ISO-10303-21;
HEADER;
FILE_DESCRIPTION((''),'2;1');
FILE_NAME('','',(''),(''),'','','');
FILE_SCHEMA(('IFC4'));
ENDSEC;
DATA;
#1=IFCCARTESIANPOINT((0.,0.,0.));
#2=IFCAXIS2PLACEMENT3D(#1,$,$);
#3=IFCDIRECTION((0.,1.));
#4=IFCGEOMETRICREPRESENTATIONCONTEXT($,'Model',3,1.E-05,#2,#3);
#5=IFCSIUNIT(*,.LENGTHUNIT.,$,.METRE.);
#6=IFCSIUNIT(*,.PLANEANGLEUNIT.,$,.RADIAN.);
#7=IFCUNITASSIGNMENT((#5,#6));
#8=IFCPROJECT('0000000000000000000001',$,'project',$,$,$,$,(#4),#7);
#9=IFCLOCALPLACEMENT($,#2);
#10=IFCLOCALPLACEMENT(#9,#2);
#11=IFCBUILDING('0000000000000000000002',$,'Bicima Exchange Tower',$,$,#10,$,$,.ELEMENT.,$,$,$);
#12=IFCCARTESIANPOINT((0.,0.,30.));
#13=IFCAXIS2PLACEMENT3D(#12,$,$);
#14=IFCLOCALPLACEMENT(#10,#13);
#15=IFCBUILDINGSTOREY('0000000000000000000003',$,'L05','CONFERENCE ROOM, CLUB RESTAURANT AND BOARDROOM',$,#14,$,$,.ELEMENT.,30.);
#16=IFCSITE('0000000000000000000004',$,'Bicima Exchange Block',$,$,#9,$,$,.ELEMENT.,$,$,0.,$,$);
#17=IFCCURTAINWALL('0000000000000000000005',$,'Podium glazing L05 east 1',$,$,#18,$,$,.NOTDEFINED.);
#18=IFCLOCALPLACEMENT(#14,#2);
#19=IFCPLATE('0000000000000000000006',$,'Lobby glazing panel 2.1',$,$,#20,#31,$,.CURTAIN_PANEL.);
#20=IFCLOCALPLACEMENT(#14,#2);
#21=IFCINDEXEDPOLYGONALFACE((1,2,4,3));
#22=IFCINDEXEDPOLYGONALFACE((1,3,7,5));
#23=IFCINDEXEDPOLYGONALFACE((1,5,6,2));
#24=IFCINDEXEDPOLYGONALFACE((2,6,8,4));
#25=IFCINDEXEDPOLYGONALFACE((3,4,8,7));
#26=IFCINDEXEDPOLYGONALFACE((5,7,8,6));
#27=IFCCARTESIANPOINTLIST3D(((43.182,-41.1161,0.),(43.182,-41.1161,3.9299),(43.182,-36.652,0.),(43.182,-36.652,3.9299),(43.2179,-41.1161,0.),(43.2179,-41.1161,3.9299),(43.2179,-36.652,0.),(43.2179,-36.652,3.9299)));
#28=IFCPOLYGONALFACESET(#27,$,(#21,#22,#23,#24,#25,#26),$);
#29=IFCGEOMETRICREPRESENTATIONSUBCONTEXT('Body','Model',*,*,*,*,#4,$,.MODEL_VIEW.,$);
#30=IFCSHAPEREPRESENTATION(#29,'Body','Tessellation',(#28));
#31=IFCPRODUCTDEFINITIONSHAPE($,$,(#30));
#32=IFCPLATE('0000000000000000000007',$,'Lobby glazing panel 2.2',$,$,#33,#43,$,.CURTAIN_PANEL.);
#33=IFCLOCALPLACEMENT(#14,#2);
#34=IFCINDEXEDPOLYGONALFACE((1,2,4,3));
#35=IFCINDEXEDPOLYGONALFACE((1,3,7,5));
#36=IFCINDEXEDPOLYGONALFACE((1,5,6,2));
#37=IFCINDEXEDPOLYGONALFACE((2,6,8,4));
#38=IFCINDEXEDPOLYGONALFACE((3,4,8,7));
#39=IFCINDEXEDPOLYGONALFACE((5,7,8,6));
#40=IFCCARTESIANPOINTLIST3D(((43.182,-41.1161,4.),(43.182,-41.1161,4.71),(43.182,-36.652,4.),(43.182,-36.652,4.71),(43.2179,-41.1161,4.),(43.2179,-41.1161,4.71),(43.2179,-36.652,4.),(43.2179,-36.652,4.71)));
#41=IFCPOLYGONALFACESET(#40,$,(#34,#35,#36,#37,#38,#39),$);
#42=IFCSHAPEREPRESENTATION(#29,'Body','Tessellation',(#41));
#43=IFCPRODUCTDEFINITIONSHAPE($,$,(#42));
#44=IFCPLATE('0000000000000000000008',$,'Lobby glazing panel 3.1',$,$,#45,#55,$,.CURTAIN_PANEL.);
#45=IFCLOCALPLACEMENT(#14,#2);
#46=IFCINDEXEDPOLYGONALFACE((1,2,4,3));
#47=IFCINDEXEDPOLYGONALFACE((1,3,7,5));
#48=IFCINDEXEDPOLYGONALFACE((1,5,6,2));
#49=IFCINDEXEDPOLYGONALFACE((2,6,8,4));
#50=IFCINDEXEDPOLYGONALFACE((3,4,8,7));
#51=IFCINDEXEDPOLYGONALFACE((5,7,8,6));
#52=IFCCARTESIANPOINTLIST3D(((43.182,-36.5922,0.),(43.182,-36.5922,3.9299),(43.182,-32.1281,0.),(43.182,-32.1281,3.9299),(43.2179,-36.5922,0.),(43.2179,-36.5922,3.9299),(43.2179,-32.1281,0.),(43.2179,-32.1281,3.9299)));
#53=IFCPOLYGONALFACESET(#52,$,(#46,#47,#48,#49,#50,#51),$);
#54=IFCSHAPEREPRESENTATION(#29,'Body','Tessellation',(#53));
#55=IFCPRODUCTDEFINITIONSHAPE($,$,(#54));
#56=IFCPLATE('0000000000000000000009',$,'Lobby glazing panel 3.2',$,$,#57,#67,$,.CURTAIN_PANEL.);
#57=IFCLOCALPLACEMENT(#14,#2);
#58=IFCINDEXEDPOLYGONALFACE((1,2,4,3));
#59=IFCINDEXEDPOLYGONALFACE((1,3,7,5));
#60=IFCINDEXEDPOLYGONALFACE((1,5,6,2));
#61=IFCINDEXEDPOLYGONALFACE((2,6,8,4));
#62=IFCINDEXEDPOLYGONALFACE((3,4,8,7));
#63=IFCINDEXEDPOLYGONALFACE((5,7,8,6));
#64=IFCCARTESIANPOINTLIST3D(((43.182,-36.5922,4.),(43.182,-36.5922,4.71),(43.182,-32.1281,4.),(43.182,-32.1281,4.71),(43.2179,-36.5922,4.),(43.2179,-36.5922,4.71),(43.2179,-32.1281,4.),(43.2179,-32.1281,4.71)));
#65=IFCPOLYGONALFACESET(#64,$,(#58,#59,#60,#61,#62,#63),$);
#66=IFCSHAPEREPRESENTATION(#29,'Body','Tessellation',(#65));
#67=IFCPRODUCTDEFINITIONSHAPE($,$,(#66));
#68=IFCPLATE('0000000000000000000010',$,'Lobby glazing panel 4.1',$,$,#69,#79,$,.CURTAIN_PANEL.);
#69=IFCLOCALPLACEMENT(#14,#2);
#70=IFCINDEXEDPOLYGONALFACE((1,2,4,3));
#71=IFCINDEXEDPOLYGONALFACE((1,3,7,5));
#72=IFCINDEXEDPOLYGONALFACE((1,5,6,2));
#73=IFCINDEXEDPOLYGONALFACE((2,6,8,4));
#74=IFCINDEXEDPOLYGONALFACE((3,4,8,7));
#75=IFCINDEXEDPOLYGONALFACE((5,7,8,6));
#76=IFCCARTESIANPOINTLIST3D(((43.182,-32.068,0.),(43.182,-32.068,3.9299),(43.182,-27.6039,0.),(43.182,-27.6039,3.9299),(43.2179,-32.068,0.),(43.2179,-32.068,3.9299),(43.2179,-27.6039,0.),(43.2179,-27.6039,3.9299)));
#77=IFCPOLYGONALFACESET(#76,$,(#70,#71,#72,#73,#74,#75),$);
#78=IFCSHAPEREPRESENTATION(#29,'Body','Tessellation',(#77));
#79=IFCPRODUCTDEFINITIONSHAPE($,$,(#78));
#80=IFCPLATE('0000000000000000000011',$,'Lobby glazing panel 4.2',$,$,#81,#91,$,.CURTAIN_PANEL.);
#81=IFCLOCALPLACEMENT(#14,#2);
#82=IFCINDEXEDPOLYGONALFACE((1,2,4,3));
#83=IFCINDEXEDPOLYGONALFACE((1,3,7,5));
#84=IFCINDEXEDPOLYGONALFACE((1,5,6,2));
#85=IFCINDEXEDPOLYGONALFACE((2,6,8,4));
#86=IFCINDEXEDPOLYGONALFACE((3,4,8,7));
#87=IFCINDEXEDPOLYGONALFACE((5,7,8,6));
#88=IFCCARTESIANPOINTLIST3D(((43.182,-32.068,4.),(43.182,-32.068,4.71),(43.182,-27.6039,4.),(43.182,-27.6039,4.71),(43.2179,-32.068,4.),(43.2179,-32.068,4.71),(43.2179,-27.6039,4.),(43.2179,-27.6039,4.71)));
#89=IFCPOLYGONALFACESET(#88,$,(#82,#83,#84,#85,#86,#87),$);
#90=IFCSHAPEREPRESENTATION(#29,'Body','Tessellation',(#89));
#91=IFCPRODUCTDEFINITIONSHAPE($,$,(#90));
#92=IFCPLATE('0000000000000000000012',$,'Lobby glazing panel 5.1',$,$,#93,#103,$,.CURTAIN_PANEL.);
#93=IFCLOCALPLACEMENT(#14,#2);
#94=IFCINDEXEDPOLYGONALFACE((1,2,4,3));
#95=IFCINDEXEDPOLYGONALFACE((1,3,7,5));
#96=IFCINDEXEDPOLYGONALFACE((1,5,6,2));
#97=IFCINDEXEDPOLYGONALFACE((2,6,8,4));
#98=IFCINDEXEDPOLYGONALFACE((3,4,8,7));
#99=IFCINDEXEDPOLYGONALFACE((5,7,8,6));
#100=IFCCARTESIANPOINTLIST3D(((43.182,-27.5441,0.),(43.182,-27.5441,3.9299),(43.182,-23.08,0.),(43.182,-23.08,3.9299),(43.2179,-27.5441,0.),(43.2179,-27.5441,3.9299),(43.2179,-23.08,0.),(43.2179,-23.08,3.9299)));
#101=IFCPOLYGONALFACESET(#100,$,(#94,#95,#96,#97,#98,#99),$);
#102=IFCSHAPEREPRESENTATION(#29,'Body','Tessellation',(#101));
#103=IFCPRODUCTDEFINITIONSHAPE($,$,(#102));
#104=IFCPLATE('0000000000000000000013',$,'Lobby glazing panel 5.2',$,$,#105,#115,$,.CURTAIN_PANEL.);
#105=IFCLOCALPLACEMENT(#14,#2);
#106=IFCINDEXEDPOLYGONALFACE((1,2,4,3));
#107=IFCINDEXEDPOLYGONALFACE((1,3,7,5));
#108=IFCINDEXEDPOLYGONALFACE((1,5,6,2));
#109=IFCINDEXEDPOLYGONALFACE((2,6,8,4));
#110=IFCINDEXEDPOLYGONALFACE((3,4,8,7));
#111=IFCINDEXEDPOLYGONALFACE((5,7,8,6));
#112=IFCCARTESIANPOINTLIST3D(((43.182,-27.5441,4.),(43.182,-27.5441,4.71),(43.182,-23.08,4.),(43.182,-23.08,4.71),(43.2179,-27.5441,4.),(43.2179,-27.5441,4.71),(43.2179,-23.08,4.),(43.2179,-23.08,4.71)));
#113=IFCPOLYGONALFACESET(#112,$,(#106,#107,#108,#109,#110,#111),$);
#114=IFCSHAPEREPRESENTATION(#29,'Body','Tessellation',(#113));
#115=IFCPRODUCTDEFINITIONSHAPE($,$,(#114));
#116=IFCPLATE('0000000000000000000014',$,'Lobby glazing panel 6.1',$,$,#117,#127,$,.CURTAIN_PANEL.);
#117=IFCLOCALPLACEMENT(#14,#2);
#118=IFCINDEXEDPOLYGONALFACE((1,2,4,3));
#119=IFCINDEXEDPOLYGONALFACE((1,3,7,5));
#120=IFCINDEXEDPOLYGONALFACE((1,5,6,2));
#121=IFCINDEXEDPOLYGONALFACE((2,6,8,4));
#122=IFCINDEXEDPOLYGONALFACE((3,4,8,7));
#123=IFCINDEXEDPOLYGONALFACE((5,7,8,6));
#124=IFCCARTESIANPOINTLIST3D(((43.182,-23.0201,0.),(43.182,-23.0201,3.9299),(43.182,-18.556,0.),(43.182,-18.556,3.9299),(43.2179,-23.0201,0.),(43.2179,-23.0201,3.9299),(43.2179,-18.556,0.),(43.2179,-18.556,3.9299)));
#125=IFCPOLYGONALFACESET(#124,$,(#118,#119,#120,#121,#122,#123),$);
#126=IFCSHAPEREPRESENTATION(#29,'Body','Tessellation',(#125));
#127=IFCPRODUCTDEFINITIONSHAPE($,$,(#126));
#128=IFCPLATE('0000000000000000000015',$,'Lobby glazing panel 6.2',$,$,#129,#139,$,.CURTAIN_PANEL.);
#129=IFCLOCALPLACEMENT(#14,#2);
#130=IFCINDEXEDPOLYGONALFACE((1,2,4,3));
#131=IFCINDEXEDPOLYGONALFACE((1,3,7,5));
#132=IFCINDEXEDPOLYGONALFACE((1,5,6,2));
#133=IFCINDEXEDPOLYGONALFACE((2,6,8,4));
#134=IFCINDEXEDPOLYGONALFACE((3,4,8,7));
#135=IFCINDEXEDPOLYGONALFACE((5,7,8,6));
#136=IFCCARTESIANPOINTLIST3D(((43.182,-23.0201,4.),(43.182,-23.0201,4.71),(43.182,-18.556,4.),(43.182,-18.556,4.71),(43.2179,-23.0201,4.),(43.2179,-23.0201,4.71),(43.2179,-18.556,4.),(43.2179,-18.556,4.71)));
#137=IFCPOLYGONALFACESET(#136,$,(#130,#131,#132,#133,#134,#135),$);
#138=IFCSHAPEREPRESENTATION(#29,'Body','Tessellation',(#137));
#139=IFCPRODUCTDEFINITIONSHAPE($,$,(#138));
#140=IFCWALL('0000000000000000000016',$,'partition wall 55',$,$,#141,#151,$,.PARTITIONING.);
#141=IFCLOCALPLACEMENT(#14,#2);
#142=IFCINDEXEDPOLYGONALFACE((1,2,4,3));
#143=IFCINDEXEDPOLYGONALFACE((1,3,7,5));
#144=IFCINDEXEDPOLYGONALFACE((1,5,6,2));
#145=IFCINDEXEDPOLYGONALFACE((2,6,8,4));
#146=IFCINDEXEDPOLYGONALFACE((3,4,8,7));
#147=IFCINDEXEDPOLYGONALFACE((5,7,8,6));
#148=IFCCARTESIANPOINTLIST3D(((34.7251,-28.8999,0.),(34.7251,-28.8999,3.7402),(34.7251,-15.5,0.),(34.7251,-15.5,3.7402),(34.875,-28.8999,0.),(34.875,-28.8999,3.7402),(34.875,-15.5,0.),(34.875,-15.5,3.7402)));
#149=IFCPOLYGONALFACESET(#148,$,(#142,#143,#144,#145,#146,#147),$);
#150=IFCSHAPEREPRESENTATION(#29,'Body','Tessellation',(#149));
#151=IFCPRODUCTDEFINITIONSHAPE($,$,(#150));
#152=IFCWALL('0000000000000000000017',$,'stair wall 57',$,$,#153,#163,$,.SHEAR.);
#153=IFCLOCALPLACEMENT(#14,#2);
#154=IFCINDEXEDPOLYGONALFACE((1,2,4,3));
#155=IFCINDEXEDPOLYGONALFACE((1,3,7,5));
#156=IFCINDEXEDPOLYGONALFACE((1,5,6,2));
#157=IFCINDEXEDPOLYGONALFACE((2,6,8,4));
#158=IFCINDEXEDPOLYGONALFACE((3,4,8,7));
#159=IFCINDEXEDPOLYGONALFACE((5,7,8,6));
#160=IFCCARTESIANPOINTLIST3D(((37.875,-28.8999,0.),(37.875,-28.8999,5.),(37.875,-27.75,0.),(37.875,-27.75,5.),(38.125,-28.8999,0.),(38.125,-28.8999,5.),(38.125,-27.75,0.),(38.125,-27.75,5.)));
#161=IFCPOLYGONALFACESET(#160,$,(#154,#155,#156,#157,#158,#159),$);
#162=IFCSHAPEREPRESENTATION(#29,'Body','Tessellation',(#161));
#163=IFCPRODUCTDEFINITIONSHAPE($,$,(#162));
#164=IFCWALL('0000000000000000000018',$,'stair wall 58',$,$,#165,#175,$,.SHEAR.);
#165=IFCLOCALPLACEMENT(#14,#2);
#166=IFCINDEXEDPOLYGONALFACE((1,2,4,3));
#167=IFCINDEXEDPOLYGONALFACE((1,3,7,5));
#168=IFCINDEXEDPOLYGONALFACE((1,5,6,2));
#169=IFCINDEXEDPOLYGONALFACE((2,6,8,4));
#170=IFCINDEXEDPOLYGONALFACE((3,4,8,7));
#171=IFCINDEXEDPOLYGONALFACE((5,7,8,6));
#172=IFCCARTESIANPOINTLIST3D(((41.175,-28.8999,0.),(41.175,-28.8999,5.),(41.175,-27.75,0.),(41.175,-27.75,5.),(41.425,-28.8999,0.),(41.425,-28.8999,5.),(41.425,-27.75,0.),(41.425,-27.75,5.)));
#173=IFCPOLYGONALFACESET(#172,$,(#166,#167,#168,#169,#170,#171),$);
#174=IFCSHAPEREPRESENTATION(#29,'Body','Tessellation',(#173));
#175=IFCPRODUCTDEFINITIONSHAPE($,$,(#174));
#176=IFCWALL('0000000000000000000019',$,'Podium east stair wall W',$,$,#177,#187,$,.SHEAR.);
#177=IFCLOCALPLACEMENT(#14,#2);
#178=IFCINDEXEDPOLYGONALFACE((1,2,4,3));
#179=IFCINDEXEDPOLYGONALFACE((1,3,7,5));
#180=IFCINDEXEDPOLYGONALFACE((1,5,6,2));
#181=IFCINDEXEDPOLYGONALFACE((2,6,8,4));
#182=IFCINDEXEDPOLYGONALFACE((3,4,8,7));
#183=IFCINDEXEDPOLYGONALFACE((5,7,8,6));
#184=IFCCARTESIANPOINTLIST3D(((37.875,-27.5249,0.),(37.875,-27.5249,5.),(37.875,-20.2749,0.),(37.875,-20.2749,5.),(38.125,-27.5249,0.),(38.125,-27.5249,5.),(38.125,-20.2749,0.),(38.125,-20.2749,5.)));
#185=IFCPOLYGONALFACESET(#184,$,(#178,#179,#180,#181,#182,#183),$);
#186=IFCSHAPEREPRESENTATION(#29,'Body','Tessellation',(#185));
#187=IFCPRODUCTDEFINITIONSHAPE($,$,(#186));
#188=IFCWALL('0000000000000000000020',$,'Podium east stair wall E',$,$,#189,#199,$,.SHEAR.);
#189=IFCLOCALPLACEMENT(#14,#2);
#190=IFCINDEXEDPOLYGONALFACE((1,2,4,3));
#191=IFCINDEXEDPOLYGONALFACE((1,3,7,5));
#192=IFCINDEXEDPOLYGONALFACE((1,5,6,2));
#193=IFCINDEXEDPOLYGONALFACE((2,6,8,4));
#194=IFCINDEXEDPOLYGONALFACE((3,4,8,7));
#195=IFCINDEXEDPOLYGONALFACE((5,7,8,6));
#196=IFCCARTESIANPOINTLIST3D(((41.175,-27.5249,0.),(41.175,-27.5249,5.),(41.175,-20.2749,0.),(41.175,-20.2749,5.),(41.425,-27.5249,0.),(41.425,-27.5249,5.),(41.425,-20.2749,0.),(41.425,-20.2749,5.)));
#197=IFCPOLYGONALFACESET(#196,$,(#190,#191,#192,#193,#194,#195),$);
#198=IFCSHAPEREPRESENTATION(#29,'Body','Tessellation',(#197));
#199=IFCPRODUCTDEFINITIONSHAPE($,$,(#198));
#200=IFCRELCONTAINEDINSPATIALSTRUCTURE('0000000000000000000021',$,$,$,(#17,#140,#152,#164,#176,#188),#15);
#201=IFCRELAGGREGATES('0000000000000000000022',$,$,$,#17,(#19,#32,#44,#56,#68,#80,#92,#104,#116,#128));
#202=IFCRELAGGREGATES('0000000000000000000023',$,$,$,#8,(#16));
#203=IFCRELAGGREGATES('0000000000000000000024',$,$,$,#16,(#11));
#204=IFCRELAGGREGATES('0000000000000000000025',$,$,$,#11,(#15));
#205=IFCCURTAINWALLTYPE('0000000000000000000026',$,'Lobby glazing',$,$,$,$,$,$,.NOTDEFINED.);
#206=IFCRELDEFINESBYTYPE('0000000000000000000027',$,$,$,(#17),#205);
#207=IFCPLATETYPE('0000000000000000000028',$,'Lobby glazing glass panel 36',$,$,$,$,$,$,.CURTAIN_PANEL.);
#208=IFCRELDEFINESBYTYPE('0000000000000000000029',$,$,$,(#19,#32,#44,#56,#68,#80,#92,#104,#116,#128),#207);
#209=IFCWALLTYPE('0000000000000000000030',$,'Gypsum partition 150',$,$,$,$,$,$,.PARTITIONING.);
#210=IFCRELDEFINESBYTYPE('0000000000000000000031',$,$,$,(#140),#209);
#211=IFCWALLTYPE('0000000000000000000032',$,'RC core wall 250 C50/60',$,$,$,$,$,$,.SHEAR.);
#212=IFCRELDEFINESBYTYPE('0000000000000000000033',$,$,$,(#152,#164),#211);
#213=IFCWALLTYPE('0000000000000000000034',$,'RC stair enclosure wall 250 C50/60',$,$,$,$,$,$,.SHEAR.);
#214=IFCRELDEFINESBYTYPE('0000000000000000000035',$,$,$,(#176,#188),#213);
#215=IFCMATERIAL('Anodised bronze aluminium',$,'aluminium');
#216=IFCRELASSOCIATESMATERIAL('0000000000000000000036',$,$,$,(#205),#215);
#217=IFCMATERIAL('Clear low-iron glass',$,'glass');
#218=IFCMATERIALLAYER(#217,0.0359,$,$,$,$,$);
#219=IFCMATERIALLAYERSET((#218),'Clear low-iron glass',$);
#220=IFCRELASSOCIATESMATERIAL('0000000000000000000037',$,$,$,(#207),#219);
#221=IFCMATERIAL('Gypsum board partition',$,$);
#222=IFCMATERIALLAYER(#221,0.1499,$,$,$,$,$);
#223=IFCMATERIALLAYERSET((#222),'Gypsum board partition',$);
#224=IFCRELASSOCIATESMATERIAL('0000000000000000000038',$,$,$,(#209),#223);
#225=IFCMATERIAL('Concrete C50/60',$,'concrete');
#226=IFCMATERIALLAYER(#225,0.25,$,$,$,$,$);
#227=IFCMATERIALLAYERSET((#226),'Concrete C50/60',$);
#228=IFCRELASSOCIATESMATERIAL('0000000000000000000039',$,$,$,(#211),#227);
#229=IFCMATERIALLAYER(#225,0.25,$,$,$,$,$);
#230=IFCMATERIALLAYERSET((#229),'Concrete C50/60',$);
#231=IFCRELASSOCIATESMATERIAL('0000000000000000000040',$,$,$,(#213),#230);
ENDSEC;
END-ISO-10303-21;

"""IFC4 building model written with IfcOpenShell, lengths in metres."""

from ifc_helpers import new_model, si_unit, direction, frame, frame_2d, origin, origin_2d, place, context, subcontext, project, spatial, rectangle, extrude, material, layer, layer_set, type_object, element, aggregate, save


model = new_model("IFC4")

# Units and contexts
model_context = context("Model", 3, precision=1e-05, world=origin(), true_north=direction((0.0, 1.0)))
body_context = subcontext(model_context, "Body", "Model", "MODEL_VIEW")
ifc_project = project(units=[si_unit("LENGTHUNIT", "METRE"), si_unit("PLANEANGLEUNIT", "RADIAN")], contexts=[model_context])

# Site, building, storey
site_placement = place(None, origin())
site = spatial("IfcSite", under=ifc_project, at=site_placement, Name="Bicima Exchange Block", CompositionType="ELEMENT", RefElevation=0.0)
building_placement = place(site_placement, origin())
building = spatial("IfcBuilding", under=site, at=building_placement, Name="Bicima Exchange Tower", CompositionType="ELEMENT")
storey_placement = place(building_placement, frame((0.0, 0.0, 30.0)))
storey = spatial("IfcBuildingStorey", under=building, at=storey_placement, Name="L05", Description="CONFERENCE ROOM, CLUB RESTAURANT AND BOARDROOM", CompositionType="ELEMENT", Elevation=30.0)

# Curtain wall, plates
ifc_material_1 = material(Name="Anodised bronze aluminium", Category="aluminium")
curtain_wall_type = type_object("IfcCurtainWallType", Name="Lobby glazing", PredefinedType="NOTDEFINED", material=ifc_material_1)
curtain_wall_placement = place(storey_placement, origin())
curtain_wall = element("IfcCurtainWall", 1, at=curtain_wall_placement, inside=storey, type_object=curtain_wall_type, Name="Podium glazing L05 east 1", PredefinedType="NOTDEFINED")
ifc_material_2 = material(Name="Clear low-iron glass", Category="glass")
ifc_layer_1 = layer(ifc_material_2, 0.0359)
ifc_layer_set_1 = layer_set([ifc_layer_1], Name="Clear low-iron glass")
plate_type = type_object("IfcPlateType", Name="Lobby glazing glass panel 36", PredefinedType="CURTAIN_PANEL", material=ifc_layer_set_1)
plate_1_placement = place(storey_placement, frame((43.2, -38.884, 0.0), z_axis=(0.0, 0.0, 1.0), x_axis=(0.0, 1.0, 0.0)))
plate_1 = element("IfcPlate", 2, at=plate_1_placement, type_object=plate_type, Name="Lobby glazing panel 2.1", PredefinedType="CURTAIN_PANEL", context=body_context, shape_type="SweptSolid", body=[
    extrude(rectangle(XDim=4.4641, YDim=0.0359, at=origin_2d()), origin(), (0.0, 0.0, 1.0), 3.9299),
])
plate_2_placement = place(storey_placement, frame((43.2, -38.884, 4.0), z_axis=(0.0, 0.0, 1.0), x_axis=(0.0, 1.0, 0.0)))
plate_2 = element("IfcPlate", 3, at=plate_2_placement, type_object=plate_type, Name="Lobby glazing panel 2.2", PredefinedType="CURTAIN_PANEL", context=body_context, shape_type="SweptSolid", body=[
    extrude(rectangle(XDim=4.4641, YDim=0.0359, at=origin_2d()), origin(), (0.0, 0.0, 1.0), 0.71),
])
plate_3_placement = place(storey_placement, frame((43.2, -34.3601, 0.0), z_axis=(0.0, 0.0, 1.0), x_axis=(0.0, 1.0, 0.0)))
plate_3 = element("IfcPlate", 4, at=plate_3_placement, type_object=plate_type, Name="Lobby glazing panel 3.1", PredefinedType="CURTAIN_PANEL", context=body_context, shape_type="SweptSolid", body=[
    extrude(rectangle(XDim=4.4641, YDim=0.0359, at=origin_2d()), origin(), (0.0, 0.0, 1.0), 3.9299),
])
plate_4_placement = place(storey_placement, frame((43.2, -34.3601, 4.0), z_axis=(0.0, 0.0, 1.0), x_axis=(0.0, 1.0, 0.0)))
plate_4 = element("IfcPlate", 5, at=plate_4_placement, type_object=plate_type, Name="Lobby glazing panel 3.2", PredefinedType="CURTAIN_PANEL", context=body_context, shape_type="SweptSolid", body=[
    extrude(rectangle(XDim=4.4641, YDim=0.0359, at=origin_2d()), origin(), (0.0, 0.0, 1.0), 0.71),
])
plate_5_placement = place(storey_placement, frame((43.2, -29.8359, 0.0), z_axis=(0.0, 0.0, 1.0), x_axis=(0.0, 1.0, 0.0)))
plate_5 = element("IfcPlate", 6, at=plate_5_placement, type_object=plate_type, Name="Lobby glazing panel 4.1", PredefinedType="CURTAIN_PANEL", context=body_context, shape_type="SweptSolid", body=[
    extrude(rectangle(XDim=4.4641, YDim=0.0359, at=origin_2d()), origin(), (0.0, 0.0, 1.0), 3.9299),
])
plate_6_placement = place(storey_placement, frame((43.2, -29.8359, 4.0), z_axis=(0.0, 0.0, 1.0), x_axis=(0.0, 1.0, 0.0)))
plate_6 = element("IfcPlate", 7, at=plate_6_placement, type_object=plate_type, Name="Lobby glazing panel 4.2", PredefinedType="CURTAIN_PANEL", context=body_context, shape_type="SweptSolid", body=[
    extrude(rectangle(XDim=4.4641, YDim=0.0359, at=origin_2d()), origin(), (0.0, 0.0, 1.0), 0.71),
])
plate_7_placement = place(storey_placement, frame((43.2, -25.312, 0.0), z_axis=(0.0, 0.0, 1.0), x_axis=(0.0, 1.0, 0.0)))
plate_7 = element("IfcPlate", 8, at=plate_7_placement, type_object=plate_type, Name="Lobby glazing panel 5.1", PredefinedType="CURTAIN_PANEL", context=body_context, shape_type="SweptSolid", body=[
    extrude(rectangle(XDim=4.4641, YDim=0.0359, at=origin_2d()), origin(), (0.0, 0.0, 1.0), 3.9299),
])
plate_8_placement = place(storey_placement, frame((43.2, -25.312, 4.0), z_axis=(0.0, 0.0, 1.0), x_axis=(0.0, 1.0, 0.0)))
plate_8 = element("IfcPlate", 9, at=plate_8_placement, type_object=plate_type, Name="Lobby glazing panel 5.2", PredefinedType="CURTAIN_PANEL", context=body_context, shape_type="SweptSolid", body=[
    extrude(rectangle(XDim=4.4641, YDim=0.0359, at=origin_2d()), origin(), (0.0, 0.0, 1.0), 0.71),
])
plate_9_placement = place(storey_placement, frame((43.2, -20.7881, 0.0), z_axis=(0.0, 0.0, 1.0), x_axis=(0.0, 1.0, 0.0)))
plate_9 = element("IfcPlate", 10, at=plate_9_placement, type_object=plate_type, Name="Lobby glazing panel 6.1", PredefinedType="CURTAIN_PANEL", context=body_context, shape_type="SweptSolid", body=[
    extrude(rectangle(XDim=4.4641, YDim=0.0359, at=origin_2d()), origin(), (0.0, 0.0, 1.0), 3.9299),
])
plate_10_placement = place(storey_placement, frame((43.2, -20.7881, 4.0), z_axis=(0.0, 0.0, 1.0), x_axis=(0.0, 1.0, 0.0)))
plate_10 = element("IfcPlate", 11, at=plate_10_placement, type_object=plate_type, Name="Lobby glazing panel 6.2", PredefinedType="CURTAIN_PANEL", context=body_context, shape_type="SweptSolid", body=[
    extrude(rectangle(XDim=4.4641, YDim=0.0359, at=origin_2d()), origin(), (0.0, 0.0, 1.0), 0.71),
])
aggregate(curtain_wall, [plate_1, plate_2, plate_3, plate_4, plate_5, plate_6, plate_7, plate_8, plate_9, plate_10])

# Walls
ifc_material_3 = material(Name="Gypsum board partition")
ifc_layer_2 = layer(ifc_material_3, 0.1499)
ifc_layer_set_2 = layer_set([ifc_layer_2], Name="Gypsum board partition")
wall_type_1 = type_object("IfcWallType", Name="Gypsum partition 150", PredefinedType="PARTITIONING", material=ifc_layer_set_2)
wall_1_placement = place(storey_placement, frame((34.8, -28.8999, 0.0), z_axis=(0.0, 0.0, 1.0), x_axis=(0.0, 1.0, 0.0)))
element("IfcWall", 12, at=wall_1_placement, inside=storey, type_object=wall_type_1, Name="partition wall 55", PredefinedType="PARTITIONING", context=body_context, shape_type="SweptSolid", body=[
    extrude(rectangle(XDim=13.3999, YDim=0.1499, at=frame_2d((6.7, 0.0))), origin(), (0.0, 0.0, 1.0), 3.7402),
])
ifc_material_4 = material(Name="Concrete C50/60", Category="concrete")
ifc_layer_3 = layer(ifc_material_4, 0.25)
ifc_layer_set_3 = layer_set([ifc_layer_3], Name="Concrete C50/60")
wall_type_2 = type_object("IfcWallType", Name="RC core wall 250 C50/60", PredefinedType="SHEAR", material=ifc_layer_set_3)
for number, where, z_axis, x_axis, name in (
    (13, (38.0, -28.8999, 0.0), (0.0, 0.0, 1.0), (0.0, 1.0, 0.0), "stair wall 57"),
    (14, (41.3, -28.8999, 0.0), (0.0, 0.0, 1.0), (0.0, 1.0, 0.0), "stair wall 58"),
):
    element("IfcWall", number, at=place(storey_placement, frame(where, z_axis=z_axis, x_axis=x_axis)), inside=storey, type_object=wall_type_2, Name=name, PredefinedType="SHEAR", context=body_context, shape_type="SweptSolid", body=[
        extrude(rectangle(XDim=1.1499, YDim=0.25, at=frame_2d((0.575, 0.0))), origin(), (0.0, 0.0, 1.0), 5.0),
    ])
ifc_layer_4 = layer(ifc_material_4, 0.25)
ifc_layer_set_4 = layer_set([ifc_layer_4], Name="Concrete C50/60")
wall_type_3 = type_object("IfcWallType", Name="RC stair enclosure wall 250 C50/60", PredefinedType="SHEAR", material=ifc_layer_set_4)
for number, where, z_axis, x_axis, name in (
    (15, (38.0, -27.5249, 0.0), (0.0, 0.0, 1.0), (0.0, 1.0, 0.0), "Podium east stair wall W"),
    (16, (41.3, -27.5249, 0.0), (0.0, 0.0, 1.0), (0.0, 1.0, 0.0), "Podium east stair wall E"),
):
    element("IfcWall", number, at=place(storey_placement, frame(where, z_axis=z_axis, x_axis=x_axis)), inside=storey, type_object=wall_type_3, Name=name, PredefinedType="SHEAR", context=body_context, shape_type="SweptSolid", body=[
        extrude(rectangle(XDim=7.25, YDim=0.25, at=frame_2d((3.625, 0.0))), origin(), (0.0, 0.0, 1.0), 5.0),
    ])

save(model, "model.ifc")
